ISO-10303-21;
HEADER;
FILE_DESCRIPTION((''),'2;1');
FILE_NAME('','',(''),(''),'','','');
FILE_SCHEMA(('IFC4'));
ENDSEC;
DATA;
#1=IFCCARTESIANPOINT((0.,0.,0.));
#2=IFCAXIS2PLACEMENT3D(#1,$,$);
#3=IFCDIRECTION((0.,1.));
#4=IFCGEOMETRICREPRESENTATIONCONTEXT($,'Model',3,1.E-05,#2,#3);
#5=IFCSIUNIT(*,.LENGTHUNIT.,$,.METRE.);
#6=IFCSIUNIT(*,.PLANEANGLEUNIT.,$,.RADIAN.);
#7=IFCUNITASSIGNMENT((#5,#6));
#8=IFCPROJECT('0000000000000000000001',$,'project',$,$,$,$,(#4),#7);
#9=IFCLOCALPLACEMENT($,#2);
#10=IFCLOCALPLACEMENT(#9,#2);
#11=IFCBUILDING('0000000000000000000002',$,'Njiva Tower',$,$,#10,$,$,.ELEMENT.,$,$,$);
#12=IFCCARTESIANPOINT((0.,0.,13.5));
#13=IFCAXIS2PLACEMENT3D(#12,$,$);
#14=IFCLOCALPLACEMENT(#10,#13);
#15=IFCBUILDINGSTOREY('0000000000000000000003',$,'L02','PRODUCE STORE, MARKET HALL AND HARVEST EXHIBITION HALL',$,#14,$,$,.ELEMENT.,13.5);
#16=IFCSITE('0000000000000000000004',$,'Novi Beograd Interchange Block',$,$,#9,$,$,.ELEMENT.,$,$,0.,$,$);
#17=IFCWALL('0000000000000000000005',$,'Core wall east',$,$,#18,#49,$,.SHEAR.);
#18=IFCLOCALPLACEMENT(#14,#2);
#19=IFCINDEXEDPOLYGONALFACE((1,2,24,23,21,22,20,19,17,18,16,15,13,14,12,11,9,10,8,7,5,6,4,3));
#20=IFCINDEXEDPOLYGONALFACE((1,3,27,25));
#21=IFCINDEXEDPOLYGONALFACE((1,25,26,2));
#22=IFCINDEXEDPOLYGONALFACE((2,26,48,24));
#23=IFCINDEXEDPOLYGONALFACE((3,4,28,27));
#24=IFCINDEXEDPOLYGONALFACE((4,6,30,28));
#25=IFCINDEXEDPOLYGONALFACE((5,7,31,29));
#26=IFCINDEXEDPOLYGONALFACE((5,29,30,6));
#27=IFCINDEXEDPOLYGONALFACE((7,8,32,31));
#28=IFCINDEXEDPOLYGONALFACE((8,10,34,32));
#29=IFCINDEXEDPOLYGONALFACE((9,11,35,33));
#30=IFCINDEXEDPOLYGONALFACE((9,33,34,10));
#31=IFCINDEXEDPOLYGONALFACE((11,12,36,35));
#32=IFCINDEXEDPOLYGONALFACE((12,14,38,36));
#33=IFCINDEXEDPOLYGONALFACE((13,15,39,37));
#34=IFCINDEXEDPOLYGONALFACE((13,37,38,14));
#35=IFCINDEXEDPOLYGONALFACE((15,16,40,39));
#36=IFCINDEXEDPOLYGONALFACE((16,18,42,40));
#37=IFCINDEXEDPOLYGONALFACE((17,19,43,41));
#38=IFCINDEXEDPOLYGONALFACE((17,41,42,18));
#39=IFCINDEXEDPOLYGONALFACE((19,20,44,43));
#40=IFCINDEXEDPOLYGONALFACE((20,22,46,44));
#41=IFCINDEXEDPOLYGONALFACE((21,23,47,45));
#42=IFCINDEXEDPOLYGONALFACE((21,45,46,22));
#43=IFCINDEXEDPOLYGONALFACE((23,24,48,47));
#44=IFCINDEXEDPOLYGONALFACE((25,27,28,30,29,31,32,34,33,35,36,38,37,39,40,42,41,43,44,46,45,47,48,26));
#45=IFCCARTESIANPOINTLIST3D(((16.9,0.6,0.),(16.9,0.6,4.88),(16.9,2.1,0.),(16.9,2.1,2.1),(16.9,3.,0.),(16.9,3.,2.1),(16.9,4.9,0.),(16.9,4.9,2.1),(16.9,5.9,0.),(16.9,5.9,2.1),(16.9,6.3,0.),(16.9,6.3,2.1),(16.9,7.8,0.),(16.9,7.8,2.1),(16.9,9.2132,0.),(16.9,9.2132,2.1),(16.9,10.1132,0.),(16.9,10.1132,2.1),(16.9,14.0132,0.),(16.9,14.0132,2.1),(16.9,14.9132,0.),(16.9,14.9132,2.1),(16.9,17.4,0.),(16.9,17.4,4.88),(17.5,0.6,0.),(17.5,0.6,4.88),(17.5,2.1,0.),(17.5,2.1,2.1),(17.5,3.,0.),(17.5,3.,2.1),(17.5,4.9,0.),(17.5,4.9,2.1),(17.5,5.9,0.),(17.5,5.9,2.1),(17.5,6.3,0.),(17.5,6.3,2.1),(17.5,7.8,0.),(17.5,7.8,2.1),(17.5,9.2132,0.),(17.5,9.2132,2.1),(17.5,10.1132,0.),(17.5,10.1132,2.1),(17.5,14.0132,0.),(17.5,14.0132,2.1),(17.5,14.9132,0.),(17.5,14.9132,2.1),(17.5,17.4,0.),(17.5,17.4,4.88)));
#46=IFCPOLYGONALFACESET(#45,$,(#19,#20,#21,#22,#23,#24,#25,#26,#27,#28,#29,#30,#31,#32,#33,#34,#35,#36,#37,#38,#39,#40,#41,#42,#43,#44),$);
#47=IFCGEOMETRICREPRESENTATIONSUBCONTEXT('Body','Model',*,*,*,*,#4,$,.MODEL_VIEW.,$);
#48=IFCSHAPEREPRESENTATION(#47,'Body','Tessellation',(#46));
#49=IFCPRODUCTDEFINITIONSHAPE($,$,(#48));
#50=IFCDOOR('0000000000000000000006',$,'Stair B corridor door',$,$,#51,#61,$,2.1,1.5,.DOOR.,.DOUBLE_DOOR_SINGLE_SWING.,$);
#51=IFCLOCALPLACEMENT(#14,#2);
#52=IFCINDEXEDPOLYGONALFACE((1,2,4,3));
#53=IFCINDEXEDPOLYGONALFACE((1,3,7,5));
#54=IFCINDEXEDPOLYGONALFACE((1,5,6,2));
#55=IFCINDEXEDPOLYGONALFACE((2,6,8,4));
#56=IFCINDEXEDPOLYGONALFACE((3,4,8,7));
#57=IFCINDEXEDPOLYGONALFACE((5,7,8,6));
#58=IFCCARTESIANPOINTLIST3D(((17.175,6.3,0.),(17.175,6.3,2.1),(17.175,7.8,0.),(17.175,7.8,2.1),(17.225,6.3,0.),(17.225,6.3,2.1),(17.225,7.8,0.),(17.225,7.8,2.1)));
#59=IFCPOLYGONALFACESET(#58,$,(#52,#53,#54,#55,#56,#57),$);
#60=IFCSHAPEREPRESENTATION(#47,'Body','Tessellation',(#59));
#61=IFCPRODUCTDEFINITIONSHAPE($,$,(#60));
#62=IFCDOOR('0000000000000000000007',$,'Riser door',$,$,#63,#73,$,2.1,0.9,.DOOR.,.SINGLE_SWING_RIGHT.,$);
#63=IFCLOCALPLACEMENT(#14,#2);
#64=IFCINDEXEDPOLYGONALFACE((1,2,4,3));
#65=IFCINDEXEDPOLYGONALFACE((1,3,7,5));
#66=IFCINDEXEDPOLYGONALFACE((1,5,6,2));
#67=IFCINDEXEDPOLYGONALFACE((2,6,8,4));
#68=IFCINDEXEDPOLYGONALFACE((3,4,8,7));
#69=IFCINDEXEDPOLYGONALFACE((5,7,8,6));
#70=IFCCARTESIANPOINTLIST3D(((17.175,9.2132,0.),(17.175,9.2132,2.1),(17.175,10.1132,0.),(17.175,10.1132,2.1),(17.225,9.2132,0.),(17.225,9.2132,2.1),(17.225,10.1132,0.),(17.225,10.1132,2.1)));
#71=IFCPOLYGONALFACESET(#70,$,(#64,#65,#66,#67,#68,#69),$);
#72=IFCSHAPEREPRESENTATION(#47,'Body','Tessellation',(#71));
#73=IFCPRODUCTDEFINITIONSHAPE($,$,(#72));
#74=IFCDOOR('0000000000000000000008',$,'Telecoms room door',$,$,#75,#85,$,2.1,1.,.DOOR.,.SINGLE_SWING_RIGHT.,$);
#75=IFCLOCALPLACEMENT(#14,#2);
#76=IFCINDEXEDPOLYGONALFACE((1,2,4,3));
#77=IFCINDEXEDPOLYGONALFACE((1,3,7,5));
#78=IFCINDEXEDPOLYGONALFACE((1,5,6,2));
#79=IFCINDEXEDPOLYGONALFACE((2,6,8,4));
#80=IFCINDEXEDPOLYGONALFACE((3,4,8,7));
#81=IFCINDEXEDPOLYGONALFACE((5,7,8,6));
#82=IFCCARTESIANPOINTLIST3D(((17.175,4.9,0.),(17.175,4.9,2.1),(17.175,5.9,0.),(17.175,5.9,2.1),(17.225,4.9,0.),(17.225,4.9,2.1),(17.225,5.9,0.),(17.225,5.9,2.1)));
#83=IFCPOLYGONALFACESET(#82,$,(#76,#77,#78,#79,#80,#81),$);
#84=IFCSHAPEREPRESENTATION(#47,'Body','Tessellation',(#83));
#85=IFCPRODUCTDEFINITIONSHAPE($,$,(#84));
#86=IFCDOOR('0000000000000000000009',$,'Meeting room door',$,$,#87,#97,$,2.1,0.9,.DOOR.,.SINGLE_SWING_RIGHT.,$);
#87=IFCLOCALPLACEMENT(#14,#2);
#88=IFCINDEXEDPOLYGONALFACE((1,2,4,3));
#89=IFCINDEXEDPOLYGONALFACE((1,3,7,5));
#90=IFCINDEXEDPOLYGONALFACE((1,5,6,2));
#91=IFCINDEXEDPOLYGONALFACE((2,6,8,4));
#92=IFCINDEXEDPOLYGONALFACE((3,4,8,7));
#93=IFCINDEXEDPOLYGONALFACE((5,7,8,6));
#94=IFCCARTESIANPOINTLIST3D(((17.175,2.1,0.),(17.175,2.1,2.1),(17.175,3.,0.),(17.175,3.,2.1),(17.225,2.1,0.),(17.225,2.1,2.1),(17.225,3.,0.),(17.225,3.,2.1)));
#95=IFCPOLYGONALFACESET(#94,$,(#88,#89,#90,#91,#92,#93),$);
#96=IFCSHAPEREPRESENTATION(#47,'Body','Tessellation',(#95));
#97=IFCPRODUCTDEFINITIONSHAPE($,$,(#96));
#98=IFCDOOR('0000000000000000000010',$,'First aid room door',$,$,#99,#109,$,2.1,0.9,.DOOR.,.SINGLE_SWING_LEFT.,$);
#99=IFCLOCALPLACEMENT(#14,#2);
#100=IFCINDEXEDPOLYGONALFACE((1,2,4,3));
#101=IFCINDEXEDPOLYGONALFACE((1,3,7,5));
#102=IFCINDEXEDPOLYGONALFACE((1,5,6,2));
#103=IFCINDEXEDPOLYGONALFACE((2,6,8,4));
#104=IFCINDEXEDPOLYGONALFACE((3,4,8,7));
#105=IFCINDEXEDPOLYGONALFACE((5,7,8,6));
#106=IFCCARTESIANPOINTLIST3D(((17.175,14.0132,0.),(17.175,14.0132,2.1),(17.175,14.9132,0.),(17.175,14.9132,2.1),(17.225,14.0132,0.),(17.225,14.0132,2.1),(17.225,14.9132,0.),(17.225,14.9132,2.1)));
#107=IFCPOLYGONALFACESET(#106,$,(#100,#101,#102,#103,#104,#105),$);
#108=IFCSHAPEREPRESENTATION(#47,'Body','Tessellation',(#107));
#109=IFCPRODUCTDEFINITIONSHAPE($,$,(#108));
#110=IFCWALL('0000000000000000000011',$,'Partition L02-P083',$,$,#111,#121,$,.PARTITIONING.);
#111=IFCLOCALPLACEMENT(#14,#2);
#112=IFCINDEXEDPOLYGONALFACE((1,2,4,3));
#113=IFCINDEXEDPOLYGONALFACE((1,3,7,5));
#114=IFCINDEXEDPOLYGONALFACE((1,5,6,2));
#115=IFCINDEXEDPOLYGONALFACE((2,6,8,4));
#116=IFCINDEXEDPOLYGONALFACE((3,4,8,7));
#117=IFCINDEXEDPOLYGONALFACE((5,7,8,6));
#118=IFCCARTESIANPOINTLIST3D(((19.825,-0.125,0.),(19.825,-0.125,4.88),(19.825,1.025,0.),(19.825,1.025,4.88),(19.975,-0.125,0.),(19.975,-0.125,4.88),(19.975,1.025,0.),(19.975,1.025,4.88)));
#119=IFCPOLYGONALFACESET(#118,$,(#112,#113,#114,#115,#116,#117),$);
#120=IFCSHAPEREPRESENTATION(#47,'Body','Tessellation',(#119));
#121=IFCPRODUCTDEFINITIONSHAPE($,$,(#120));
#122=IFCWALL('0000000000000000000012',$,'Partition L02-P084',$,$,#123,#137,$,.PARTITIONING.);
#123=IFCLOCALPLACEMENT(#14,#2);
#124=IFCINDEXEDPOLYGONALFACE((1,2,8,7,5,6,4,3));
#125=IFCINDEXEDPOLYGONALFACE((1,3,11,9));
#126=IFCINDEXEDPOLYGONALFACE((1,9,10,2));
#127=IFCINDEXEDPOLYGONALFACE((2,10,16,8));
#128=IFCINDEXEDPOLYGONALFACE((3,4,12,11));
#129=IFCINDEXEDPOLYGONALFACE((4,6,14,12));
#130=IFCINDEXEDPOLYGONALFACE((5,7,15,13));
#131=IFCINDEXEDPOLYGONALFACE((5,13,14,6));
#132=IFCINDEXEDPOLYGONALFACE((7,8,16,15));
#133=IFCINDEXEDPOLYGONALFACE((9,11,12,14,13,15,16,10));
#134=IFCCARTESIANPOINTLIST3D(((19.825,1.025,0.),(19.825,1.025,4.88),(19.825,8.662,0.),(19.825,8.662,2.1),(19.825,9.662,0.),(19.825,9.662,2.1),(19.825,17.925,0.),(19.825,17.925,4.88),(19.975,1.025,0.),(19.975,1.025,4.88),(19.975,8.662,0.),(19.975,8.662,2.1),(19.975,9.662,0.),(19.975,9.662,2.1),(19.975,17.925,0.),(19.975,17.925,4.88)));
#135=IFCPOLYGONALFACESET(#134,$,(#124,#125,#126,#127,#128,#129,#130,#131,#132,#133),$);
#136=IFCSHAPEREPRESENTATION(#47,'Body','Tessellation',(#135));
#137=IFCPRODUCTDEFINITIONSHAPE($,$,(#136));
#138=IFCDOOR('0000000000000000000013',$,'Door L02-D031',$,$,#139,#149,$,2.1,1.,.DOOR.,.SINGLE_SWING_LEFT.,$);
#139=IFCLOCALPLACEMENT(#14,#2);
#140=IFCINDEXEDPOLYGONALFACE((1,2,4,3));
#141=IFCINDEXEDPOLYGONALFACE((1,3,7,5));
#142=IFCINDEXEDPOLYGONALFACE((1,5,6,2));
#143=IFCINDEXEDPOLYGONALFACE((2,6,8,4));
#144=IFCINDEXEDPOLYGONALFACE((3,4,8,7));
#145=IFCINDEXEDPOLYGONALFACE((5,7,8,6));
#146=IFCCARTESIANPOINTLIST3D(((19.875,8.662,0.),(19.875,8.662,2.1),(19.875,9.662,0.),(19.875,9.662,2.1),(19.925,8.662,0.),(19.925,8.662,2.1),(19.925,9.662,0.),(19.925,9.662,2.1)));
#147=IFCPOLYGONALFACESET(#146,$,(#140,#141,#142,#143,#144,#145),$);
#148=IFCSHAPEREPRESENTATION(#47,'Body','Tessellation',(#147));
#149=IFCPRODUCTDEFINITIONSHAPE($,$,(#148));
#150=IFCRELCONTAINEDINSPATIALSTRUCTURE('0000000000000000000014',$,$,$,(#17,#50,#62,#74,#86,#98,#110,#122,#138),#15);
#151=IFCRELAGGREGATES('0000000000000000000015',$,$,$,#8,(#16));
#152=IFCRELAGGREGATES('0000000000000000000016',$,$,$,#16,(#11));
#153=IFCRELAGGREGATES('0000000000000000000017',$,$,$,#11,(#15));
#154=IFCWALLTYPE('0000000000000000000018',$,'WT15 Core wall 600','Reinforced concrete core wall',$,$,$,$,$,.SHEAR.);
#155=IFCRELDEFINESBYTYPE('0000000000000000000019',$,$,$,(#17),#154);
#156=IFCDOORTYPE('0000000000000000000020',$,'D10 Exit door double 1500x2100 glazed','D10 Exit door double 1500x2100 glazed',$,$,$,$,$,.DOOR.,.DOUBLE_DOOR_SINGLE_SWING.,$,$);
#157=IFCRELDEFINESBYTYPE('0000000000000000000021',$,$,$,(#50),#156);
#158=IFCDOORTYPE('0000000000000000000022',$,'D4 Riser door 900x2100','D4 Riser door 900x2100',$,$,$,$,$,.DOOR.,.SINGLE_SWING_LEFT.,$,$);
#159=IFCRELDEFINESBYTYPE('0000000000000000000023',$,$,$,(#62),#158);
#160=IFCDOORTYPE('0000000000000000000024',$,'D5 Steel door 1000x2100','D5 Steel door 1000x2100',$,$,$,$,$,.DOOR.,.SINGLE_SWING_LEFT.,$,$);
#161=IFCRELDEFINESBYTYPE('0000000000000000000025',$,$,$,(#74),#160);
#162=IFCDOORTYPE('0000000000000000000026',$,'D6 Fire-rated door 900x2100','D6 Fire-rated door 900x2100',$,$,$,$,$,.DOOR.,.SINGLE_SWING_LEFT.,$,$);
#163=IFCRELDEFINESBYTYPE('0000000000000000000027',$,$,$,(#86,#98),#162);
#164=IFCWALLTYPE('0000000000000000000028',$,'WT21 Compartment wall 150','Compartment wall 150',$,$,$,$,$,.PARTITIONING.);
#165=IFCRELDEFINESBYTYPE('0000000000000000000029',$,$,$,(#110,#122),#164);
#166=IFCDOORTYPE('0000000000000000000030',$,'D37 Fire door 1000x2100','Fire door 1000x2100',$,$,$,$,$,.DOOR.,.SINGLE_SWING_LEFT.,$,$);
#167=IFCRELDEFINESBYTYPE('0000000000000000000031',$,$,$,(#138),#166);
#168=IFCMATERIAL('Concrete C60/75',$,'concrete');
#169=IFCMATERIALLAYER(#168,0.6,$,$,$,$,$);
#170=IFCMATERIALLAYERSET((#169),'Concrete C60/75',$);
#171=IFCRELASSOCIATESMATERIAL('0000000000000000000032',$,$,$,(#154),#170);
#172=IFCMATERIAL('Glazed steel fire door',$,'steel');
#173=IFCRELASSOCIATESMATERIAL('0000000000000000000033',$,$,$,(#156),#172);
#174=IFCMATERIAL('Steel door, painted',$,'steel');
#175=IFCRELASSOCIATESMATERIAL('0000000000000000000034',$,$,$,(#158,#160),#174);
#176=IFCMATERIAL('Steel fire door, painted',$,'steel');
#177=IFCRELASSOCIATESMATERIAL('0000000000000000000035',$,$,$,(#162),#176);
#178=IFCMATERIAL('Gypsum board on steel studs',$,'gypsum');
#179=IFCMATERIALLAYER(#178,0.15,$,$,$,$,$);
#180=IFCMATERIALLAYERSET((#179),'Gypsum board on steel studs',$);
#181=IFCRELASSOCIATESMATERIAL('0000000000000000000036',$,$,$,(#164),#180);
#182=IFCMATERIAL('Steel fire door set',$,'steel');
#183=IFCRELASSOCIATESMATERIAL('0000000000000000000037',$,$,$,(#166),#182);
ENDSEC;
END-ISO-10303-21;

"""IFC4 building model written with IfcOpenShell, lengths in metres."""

from ifc_helpers import new_model, si_unit, direction, frame, frame_2d, origin, place, context, subcontext, project, spatial, rectangle, extrude, material, layer, layer_set, type_object, element, fill, save


model = new_model("IFC4")

# Units and contexts
model_context = context("Model", 3, precision=1e-05, world=origin(), true_north=direction((0.0, 1.0)))
body_context = subcontext(model_context, "Body", "Model", "MODEL_VIEW")
ifc_project = project(units=[si_unit("LENGTHUNIT", "METRE"), si_unit("PLANEANGLEUNIT", "RADIAN")], contexts=[model_context])

# Site, building, storey
site_placement = place(None, origin())
site = spatial("IfcSite", under=ifc_project, at=site_placement, Name="Novi Beograd Interchange Block", CompositionType="ELEMENT", RefElevation=0.0)
building_placement = place(site_placement, origin())
building = spatial("IfcBuilding", under=site, at=building_placement, Name="Njiva Tower", CompositionType="ELEMENT")
storey_placement = place(building_placement, frame((0.0, 0.0, 13.5)))
storey = spatial("IfcBuildingStorey", under=building, at=storey_placement, Name="L02", Description="PRODUCE STORE, MARKET HALL AND HARVEST EXHIBITION HALL", CompositionType="ELEMENT", Elevation=13.5)

# Wall, openings, doors
ifc_material_1 = material(Name="Concrete C60/75", Category="concrete")
ifc_layer_1 = layer(ifc_material_1, 0.6)
ifc_layer_set_1 = layer_set([ifc_layer_1], Name="Concrete C60/75")
wall_type_1 = type_object("IfcWallType", Name="WT15 Core wall 600", Description="Reinforced concrete core wall", PredefinedType="SHEAR", material=ifc_layer_set_1)
wall_1_placement = place(storey_placement, frame((17.2, 0.6, 0.0), z_axis=(0.0, 0.0, 1.0), x_axis=(0.0, 1.0, 0.0)))
wall_1 = element("IfcWall", 1, at=wall_1_placement, inside=storey, type_object=wall_type_1, Name="Core wall east", PredefinedType="SHEAR", context=body_context, shape_type="SweptSolid", body=[
    extrude(rectangle(XDim=16.8, YDim=0.6, at=frame_2d((8.4, 0.0))), origin(), (0.0, 0.0, 1.0), 4.88),
])
opening_1_placement = place(wall_1_placement, frame((5.7, 0.0, 0.0)))
opening_1 = element("IfcOpeningElement", 2, at=opening_1_placement, cuts=wall_1, PredefinedType="OPENING", context=body_context, shape_type="SweptSolid", body=[
    extrude(rectangle(XDim=1.5, YDim=2.1, at=frame_2d((0.75, 1.05))), frame((0.0, 0.31, 0.0), z_axis=(0.0, -1.0, 0.0), x_axis=(1.0, 0.0, 0.0)), (0.0, 0.0, 1.0), 0.62),
])
opening_2_placement = place(wall_1_placement, frame((1.5, 0.0, 0.0)))
opening_2 = element("IfcOpeningElement", 3, at=opening_2_placement, cuts=wall_1, PredefinedType="OPENING", context=body_context, shape_type="SweptSolid", body=[
    extrude(rectangle(XDim=0.9, YDim=2.1, at=frame_2d((0.45, 1.05))), frame((0.0, 0.31, 0.0), z_axis=(0.0, -1.0, 0.0), x_axis=(1.0, 0.0, 0.0)), (0.0, 0.0, 1.0), 0.62),
])
opening_3_placement = place(wall_1_placement, frame((4.3, 0.0, 0.0)))
opening_3 = element("IfcOpeningElement", 4, at=opening_3_placement, cuts=wall_1, PredefinedType="OPENING", context=body_context, shape_type="SweptSolid", body=[
    extrude(rectangle(XDim=1.0, YDim=2.1, at=frame_2d((0.5, 1.05))), frame((0.0, 0.31, 0.0), z_axis=(0.0, -1.0, 0.0), x_axis=(1.0, 0.0, 0.0)), (0.0, 0.0, 1.0), 0.62),
])
opening_4_placement = place(wall_1_placement, frame((8.6132, 0.0, 0.0)))
opening_4 = element("IfcOpeningElement", 5, at=opening_4_placement, cuts=wall_1, PredefinedType="OPENING", context=body_context, shape_type="SweptSolid", body=[
    extrude(rectangle(XDim=0.9, YDim=2.1, at=frame_2d((0.45, 1.05))), frame((0.0, 0.31, 0.0), z_axis=(0.0, -1.0, 0.0), x_axis=(1.0, 0.0, 0.0)), (0.0, 0.0, 1.0), 0.62),
])
opening_5_placement = place(wall_1_placement, frame((13.4132, 0.0, 0.0)))
opening_5 = element("IfcOpeningElement", 6, at=opening_5_placement, cuts=wall_1, PredefinedType="OPENING", context=body_context, shape_type="SweptSolid", body=[
    extrude(rectangle(XDim=0.9, YDim=2.1, at=frame_2d((0.45, 1.05))), frame((0.0, 0.31, 0.0), z_axis=(0.0, -1.0, 0.0), x_axis=(1.0, 0.0, 0.0)), (0.0, 0.0, 1.0), 0.62),
])
ifc_material_2 = material(Name="Glazed steel fire door", Category="steel")
door_type_1 = type_object("IfcDoorType", Name="D10 Exit door double 1500x2100 glazed", Description="D10 Exit door double 1500x2100 glazed", OperationType="DOUBLE_DOOR_SINGLE_SWING", PredefinedType="DOOR", material=ifc_material_2)
door_1_placement = place(opening_1_placement, origin())
door_1 = element("IfcDoor", 7, at=door_1_placement, inside=storey, type_object=door_type_1, Name="Stair B corridor door", OperationType="DOUBLE_DOOR_SINGLE_SWING", OverallHeight=2.1, OverallWidth=1.5, PredefinedType="DOOR", context=body_context, shape_type="SweptSolid", body=[
    extrude(rectangle(XDim=1.5, YDim=2.1, at=frame_2d((0.75, 1.05))), frame((0.0, 0.025, 0.0), z_axis=(0.0, -1.0, 0.0), x_axis=(1.0, 0.0, 0.0)), (0.0, 0.0, 1.0), 0.05),
])
fill(opening_1, door_1)
ifc_material_3 = material(Name="Steel door, painted", Category="steel")
door_type_2 = type_object("IfcDoorType", Name="D4 Riser door 900x2100", Description="D4 Riser door 900x2100", OperationType="SINGLE_SWING_LEFT", PredefinedType="DOOR", material=ifc_material_3)
door_2_placement = place(opening_4_placement, origin())
door_2 = element("IfcDoor", 8, at=door_2_placement, inside=storey, type_object=door_type_2, Name="Riser door", OperationType="SINGLE_SWING_RIGHT", OverallHeight=2.1, OverallWidth=0.9, PredefinedType="DOOR", context=body_context, shape_type="SweptSolid", body=[
    extrude(rectangle(XDim=0.9, YDim=2.1, at=frame_2d((0.45, 1.05))), frame((0.0, 0.025, 0.0), z_axis=(0.0, -1.0, 0.0), x_axis=(1.0, 0.0, 0.0)), (0.0, 0.0, 1.0), 0.05),
])
fill(opening_4, door_2)
door_type_3 = type_object("IfcDoorType", Name="D5 Steel door 1000x2100", Description="D5 Steel door 1000x2100", OperationType="SINGLE_SWING_LEFT", PredefinedType="DOOR", material=ifc_material_3)
door_3_placement = place(opening_3_placement, origin())
door_3 = element("IfcDoor", 9, at=door_3_placement, inside=storey, type_object=door_type_3, Name="Telecoms room door", OperationType="SINGLE_SWING_RIGHT", OverallHeight=2.1, OverallWidth=1.0, PredefinedType="DOOR", context=body_context, shape_type="SweptSolid", body=[
    extrude(rectangle(XDim=1.0, YDim=2.1, at=frame_2d((0.5, 1.05))), frame((0.0, 0.025, 0.0), z_axis=(0.0, -1.0, 0.0), x_axis=(1.0, 0.0, 0.0)), (0.0, 0.0, 1.0), 0.05),
])
fill(opening_3, door_3)
ifc_material_4 = material(Name="Steel fire door, painted", Category="steel")
door_type_4 = type_object("IfcDoorType", Name="D6 Fire-rated door 900x2100", Description="D6 Fire-rated door 900x2100", OperationType="SINGLE_SWING_LEFT", PredefinedType="DOOR", material=ifc_material_4)
door_4_placement = place(opening_2_placement, origin())
door_4 = element("IfcDoor", 10, at=door_4_placement, inside=storey, type_object=door_type_4, Name="Meeting room door", OperationType="SINGLE_SWING_RIGHT", OverallHeight=2.1, OverallWidth=0.9, PredefinedType="DOOR", context=body_context, shape_type="SweptSolid", body=[
    extrude(rectangle(XDim=0.9, YDim=2.1, at=frame_2d((0.45, 1.05))), frame((0.0, 0.025, 0.0), z_axis=(0.0, -1.0, 0.0), x_axis=(1.0, 0.0, 0.0)), (0.0, 0.0, 1.0), 0.05),
])
fill(opening_2, door_4)
door_5_placement = place(opening_5_placement, origin())
door_5 = element("IfcDoor", 11, at=door_5_placement, inside=storey, type_object=door_type_4, Name="First aid room door", OperationType="SINGLE_SWING_LEFT", OverallHeight=2.1, OverallWidth=0.9, PredefinedType="DOOR", context=body_context, shape_type="SweptSolid", body=[
    extrude(rectangle(XDim=0.9, YDim=2.1, at=frame_2d((0.45, 1.05))), frame((0.0, 0.025, 0.0), z_axis=(0.0, -1.0, 0.0), x_axis=(1.0, 0.0, 0.0)), (0.0, 0.0, 1.0), 0.05),
])
fill(opening_5, door_5)

# Wall
ifc_material_5 = material(Name="Gypsum board on steel studs", Category="gypsum")
ifc_layer_2 = layer(ifc_material_5, 0.15)
ifc_layer_set_2 = layer_set([ifc_layer_2], Name="Gypsum board on steel studs")
wall_type_2 = type_object("IfcWallType", Name="WT21 Compartment wall 150", Description="Compartment wall 150", PredefinedType="PARTITIONING", material=ifc_layer_set_2)
wall_2_placement = place(storey_placement, frame((19.9, -0.125, 0.0), z_axis=(0.0, 0.0, 1.0), x_axis=(0.0, 1.0, 0.0)))
element("IfcWall", 12, at=wall_2_placement, inside=storey, type_object=wall_type_2, Name="Partition L02-P083", PredefinedType="PARTITIONING", context=body_context, shape_type="SweptSolid", body=[
    extrude(rectangle(XDim=1.15, YDim=0.15, at=frame_2d((0.575, 0.0))), origin(), (0.0, 0.0, 1.0), 4.88),
])

# Wall, opening, door
wall_3_placement = place(storey_placement, frame((19.9, 1.025, 0.0), z_axis=(0.0, 0.0, 1.0), x_axis=(0.0, 1.0, 0.0)))
wall_3 = element("IfcWall", 13, at=wall_3_placement, inside=storey, type_object=wall_type_2, Name="Partition L02-P084", PredefinedType="PARTITIONING", context=body_context, shape_type="SweptSolid", body=[
    extrude(rectangle(XDim=16.9, YDim=0.15, at=frame_2d((8.45, 0.0))), origin(), (0.0, 0.0, 1.0), 4.88),
])
opening_6_placement = place(wall_3_placement, frame((7.637, 0.0, 0.0)))
opening_6 = element("IfcOpeningElement", 14, at=opening_6_placement, cuts=wall_3, PredefinedType="OPENING", context=body_context, shape_type="SweptSolid", body=[
    extrude(rectangle(XDim=1.0, YDim=2.1, at=frame_2d((0.5, 1.05))), frame((0.0, 0.085, 0.0), z_axis=(0.0, -1.0, 0.0), x_axis=(1.0, 0.0, 0.0)), (0.0, 0.0, 1.0), 0.17),
])
ifc_material_6 = material(Name="Steel fire door set", Category="steel")
door_type_5 = type_object("IfcDoorType", Name="D37 Fire door 1000x2100", Description="Fire door 1000x2100", OperationType="SINGLE_SWING_LEFT", PredefinedType="DOOR", material=ifc_material_6)
door_6_placement = place(opening_6_placement, origin())
door_6 = element("IfcDoor", 15, at=door_6_placement, inside=storey, type_object=door_type_5, Name="Door L02-D031", OperationType="SINGLE_SWING_LEFT", OverallHeight=2.1, OverallWidth=1.0, PredefinedType="DOOR", context=body_context, shape_type="SweptSolid", body=[
    extrude(rectangle(XDim=1.0, YDim=2.1, at=frame_2d((0.5, 1.05))), frame((0.0, 0.025, 0.0), z_axis=(0.0, -1.0, 0.0), x_axis=(1.0, 0.0, 0.0)), (0.0, 0.0, 1.0), 0.05),
])
fill(opening_6, door_6)

save(model, "model.ifc")
